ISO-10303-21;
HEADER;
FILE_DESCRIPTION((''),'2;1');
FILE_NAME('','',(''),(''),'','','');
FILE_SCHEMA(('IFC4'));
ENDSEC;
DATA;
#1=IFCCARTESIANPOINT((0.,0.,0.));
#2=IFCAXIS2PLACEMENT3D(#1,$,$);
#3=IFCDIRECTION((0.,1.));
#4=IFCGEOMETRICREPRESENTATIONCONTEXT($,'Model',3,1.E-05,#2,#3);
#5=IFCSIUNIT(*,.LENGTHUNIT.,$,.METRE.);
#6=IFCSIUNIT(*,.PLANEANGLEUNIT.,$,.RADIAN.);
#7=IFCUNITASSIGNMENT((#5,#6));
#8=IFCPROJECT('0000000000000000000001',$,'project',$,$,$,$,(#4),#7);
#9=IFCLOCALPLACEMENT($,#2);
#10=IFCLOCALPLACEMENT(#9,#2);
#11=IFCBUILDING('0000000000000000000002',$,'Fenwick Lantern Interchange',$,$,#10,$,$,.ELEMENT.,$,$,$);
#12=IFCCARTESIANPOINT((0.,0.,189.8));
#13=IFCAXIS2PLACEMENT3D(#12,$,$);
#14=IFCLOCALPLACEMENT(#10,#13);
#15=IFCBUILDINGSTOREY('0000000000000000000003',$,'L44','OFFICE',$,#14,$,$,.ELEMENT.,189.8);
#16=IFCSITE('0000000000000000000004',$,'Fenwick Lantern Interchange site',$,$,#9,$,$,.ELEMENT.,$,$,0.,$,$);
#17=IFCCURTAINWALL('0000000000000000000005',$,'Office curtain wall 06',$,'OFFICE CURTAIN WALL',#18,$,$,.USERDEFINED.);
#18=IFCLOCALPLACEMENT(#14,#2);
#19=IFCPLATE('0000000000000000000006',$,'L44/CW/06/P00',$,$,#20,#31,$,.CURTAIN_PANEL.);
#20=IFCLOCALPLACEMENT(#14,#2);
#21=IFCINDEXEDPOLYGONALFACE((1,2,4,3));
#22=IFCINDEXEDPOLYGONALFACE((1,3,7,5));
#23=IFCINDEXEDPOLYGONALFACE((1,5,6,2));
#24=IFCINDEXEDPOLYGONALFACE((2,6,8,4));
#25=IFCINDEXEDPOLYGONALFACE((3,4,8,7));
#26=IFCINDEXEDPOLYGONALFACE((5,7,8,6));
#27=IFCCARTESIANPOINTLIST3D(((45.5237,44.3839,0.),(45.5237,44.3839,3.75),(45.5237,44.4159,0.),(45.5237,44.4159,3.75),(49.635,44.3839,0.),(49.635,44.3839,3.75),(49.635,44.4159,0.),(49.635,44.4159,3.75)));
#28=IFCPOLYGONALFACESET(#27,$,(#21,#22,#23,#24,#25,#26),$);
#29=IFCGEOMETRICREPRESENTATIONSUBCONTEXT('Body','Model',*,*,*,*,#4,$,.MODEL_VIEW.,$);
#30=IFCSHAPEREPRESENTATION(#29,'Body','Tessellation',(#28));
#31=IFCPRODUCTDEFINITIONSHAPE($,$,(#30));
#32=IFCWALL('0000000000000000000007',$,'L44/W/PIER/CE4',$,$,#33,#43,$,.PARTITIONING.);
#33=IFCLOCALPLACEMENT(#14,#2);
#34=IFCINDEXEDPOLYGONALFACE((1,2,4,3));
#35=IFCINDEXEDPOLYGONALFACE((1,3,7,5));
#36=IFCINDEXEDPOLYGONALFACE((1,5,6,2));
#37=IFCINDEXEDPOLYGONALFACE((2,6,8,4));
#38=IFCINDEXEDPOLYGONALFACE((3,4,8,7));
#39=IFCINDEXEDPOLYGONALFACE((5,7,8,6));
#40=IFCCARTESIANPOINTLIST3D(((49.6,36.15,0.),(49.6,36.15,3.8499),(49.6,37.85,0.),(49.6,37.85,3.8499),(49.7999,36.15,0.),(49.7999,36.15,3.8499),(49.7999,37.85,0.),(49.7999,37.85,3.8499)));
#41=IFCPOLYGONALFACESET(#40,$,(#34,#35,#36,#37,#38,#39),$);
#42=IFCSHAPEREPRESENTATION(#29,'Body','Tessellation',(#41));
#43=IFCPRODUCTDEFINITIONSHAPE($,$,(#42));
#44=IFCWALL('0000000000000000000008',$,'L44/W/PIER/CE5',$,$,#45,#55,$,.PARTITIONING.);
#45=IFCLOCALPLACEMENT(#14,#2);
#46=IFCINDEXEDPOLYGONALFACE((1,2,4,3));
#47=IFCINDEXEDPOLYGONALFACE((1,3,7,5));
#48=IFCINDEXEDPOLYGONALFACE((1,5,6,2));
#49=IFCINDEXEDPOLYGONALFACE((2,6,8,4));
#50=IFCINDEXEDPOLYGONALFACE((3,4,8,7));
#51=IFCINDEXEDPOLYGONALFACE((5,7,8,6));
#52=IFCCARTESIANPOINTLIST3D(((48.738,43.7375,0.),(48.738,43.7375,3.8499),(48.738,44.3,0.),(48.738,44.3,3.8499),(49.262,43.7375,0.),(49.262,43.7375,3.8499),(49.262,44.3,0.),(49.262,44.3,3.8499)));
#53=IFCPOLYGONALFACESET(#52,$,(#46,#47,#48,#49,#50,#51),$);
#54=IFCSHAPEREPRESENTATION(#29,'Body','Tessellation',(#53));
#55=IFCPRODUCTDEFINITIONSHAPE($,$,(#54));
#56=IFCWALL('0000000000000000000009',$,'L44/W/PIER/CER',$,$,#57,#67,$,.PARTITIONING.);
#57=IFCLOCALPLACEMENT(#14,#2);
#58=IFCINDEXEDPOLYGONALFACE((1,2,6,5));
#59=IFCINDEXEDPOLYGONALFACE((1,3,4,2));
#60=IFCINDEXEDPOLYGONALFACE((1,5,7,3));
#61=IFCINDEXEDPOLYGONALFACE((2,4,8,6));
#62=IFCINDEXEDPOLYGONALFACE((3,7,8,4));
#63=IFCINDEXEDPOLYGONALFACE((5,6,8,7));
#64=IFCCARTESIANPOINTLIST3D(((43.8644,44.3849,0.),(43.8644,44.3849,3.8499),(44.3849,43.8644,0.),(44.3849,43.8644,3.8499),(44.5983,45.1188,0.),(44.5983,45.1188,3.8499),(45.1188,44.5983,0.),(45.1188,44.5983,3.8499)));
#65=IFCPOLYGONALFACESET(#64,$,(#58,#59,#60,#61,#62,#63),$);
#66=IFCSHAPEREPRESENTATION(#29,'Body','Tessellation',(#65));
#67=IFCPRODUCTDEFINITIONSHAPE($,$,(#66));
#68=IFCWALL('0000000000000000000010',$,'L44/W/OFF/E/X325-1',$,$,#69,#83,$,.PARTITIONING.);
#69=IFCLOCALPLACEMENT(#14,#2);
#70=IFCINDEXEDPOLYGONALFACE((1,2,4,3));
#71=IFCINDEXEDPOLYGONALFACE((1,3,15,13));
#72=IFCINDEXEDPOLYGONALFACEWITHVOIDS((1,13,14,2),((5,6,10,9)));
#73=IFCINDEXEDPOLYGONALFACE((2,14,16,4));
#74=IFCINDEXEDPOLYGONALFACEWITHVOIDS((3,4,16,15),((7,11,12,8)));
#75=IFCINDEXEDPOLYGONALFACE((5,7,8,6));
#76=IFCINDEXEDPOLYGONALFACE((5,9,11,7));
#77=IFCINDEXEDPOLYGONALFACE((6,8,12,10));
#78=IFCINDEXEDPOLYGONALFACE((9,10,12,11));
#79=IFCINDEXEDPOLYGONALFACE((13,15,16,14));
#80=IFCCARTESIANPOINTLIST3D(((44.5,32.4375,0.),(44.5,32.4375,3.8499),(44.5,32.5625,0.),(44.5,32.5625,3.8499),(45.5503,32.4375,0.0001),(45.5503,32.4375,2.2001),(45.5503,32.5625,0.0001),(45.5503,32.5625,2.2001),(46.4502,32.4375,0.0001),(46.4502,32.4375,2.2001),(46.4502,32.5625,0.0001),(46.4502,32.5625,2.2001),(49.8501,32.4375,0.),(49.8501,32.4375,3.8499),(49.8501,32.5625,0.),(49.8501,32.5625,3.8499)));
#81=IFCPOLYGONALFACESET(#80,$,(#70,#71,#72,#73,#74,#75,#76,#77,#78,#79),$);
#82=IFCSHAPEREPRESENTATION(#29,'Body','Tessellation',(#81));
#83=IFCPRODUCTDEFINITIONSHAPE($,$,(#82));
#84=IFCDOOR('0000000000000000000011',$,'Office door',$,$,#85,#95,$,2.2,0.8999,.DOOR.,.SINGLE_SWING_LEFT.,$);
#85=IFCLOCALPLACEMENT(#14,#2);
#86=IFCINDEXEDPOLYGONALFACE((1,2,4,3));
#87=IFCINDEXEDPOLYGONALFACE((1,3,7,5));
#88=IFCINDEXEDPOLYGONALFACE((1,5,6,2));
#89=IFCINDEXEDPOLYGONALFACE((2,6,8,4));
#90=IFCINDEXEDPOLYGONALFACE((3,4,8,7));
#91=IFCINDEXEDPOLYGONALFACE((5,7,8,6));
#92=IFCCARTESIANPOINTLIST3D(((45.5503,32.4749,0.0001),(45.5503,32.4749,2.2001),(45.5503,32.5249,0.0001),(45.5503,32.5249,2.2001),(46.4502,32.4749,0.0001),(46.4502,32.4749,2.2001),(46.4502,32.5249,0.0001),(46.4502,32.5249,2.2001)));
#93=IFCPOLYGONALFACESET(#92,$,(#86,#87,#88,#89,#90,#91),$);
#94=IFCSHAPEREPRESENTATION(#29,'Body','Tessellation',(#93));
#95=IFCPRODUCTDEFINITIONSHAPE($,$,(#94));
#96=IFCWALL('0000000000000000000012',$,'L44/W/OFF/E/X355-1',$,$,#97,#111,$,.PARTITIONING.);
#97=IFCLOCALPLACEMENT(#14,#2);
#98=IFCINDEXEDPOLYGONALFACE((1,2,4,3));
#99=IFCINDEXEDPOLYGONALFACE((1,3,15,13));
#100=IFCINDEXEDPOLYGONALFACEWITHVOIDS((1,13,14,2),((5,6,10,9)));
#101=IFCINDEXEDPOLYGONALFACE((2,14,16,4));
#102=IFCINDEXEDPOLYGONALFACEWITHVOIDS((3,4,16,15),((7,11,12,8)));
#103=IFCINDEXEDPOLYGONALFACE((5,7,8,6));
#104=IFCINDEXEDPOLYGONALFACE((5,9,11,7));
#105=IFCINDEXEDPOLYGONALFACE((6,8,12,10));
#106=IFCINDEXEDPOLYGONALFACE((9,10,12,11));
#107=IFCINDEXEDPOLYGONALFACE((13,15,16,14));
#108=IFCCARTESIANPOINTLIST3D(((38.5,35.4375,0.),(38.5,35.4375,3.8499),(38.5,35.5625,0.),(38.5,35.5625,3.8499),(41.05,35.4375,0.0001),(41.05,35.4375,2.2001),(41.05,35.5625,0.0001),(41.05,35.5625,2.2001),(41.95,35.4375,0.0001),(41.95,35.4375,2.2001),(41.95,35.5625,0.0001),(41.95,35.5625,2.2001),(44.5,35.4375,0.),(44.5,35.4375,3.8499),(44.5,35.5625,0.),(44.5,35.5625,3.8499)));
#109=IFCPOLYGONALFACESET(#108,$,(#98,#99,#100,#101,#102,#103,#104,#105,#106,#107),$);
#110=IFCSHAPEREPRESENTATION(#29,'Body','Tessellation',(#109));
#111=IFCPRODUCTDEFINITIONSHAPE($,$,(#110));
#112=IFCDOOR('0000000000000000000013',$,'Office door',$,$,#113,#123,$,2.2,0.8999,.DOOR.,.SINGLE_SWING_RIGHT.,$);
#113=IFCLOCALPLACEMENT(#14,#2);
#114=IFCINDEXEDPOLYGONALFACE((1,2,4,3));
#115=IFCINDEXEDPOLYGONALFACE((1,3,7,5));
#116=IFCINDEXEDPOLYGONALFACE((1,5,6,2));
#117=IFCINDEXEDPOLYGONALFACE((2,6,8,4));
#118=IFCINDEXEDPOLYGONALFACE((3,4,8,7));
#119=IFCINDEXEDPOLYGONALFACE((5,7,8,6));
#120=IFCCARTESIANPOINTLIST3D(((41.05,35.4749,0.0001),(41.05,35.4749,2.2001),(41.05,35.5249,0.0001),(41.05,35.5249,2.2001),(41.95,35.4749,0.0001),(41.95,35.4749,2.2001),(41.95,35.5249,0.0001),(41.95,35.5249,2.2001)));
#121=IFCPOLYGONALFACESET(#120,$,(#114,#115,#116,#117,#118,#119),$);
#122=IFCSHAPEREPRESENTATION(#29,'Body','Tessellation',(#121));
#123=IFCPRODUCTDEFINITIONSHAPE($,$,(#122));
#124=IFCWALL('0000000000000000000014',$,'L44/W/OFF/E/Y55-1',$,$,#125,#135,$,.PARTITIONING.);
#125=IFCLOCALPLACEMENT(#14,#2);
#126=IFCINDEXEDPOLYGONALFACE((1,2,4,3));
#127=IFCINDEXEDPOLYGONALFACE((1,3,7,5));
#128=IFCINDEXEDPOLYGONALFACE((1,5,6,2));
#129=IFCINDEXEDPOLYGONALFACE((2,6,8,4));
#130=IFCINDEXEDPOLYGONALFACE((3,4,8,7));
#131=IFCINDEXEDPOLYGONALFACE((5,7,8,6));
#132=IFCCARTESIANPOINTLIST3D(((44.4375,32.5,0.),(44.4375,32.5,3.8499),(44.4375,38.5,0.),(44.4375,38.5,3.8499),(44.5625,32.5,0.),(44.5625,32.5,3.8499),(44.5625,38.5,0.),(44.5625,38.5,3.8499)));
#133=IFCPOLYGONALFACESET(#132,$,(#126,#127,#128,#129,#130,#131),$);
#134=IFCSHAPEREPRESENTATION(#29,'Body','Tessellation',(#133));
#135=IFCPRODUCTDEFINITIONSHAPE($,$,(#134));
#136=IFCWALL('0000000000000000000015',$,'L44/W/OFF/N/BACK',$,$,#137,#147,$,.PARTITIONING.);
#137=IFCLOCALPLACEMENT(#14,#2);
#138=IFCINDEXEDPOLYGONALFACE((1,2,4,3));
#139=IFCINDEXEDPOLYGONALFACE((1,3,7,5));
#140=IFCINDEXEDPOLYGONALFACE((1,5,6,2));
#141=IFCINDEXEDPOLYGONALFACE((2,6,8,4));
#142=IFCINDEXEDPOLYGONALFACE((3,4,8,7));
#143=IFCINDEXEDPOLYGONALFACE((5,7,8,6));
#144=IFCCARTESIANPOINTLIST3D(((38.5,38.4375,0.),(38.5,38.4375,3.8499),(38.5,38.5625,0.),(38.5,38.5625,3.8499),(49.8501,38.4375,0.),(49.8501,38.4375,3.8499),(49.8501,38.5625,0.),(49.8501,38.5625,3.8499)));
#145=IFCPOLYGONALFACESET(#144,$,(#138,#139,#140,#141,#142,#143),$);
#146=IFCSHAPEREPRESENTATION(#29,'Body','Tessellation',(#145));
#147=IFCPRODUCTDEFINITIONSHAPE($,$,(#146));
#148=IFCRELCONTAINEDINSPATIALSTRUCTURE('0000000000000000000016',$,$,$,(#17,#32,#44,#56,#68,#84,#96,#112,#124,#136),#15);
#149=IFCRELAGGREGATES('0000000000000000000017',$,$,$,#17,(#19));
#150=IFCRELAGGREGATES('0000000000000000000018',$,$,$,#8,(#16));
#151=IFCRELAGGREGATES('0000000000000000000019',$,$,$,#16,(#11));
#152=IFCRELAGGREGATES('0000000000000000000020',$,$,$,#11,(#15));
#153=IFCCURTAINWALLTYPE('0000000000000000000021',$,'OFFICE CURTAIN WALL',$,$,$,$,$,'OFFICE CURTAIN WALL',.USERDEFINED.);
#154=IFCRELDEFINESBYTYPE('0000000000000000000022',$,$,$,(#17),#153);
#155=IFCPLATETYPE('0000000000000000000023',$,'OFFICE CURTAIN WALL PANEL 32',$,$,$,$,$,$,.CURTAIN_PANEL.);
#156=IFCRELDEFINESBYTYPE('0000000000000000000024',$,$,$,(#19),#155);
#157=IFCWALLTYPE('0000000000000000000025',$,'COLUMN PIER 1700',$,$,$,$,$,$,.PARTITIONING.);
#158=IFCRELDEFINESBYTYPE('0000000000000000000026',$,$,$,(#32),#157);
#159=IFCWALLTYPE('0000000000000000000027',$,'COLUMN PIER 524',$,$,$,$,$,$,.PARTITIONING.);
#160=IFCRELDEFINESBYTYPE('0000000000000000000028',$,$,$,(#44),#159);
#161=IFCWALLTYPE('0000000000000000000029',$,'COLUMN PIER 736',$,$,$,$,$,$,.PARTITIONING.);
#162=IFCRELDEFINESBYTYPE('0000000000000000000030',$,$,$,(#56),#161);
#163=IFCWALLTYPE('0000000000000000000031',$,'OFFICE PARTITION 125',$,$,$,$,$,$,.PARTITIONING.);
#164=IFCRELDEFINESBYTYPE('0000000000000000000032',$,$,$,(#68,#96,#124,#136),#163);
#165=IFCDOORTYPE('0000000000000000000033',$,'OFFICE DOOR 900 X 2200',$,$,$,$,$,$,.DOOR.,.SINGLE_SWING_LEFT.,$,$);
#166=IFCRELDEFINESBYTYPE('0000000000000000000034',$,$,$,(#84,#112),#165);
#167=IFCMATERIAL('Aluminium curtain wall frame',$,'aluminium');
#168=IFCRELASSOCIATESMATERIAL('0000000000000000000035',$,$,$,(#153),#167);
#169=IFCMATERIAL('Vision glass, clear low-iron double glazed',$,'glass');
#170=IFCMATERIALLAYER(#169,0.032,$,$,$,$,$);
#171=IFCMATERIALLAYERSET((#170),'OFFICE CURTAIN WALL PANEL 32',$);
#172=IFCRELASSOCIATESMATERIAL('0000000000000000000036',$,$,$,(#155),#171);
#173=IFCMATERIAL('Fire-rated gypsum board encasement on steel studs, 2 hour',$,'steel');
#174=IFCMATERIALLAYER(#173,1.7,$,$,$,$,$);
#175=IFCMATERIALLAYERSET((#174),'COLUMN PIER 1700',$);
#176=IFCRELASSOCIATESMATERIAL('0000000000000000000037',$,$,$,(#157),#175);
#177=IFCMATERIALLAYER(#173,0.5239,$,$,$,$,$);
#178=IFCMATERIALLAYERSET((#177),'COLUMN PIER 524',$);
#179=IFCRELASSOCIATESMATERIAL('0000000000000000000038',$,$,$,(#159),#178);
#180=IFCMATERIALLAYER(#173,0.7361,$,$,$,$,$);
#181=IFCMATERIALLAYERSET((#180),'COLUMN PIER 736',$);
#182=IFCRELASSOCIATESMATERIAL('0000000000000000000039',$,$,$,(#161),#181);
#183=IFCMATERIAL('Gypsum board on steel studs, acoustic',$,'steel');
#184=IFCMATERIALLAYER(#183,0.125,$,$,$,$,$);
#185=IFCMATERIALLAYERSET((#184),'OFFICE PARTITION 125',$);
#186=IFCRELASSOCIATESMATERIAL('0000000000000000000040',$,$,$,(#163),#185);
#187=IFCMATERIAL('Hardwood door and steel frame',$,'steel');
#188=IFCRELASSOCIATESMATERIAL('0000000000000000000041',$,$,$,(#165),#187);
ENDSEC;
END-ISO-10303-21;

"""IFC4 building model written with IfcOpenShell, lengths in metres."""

from ifc_helpers import new_model, si_unit, direction, frame, frame_2d, origin, origin_2d, place, context, subcontext, project, spatial, rectangle, extrude, material, layer, layer_set, type_object, element, fill, aggregate, save


model = new_model("IFC4")

# Units and contexts
model_context = context("Model", 3, precision=1e-05, world=origin(), true_north=direction((0.0, 1.0)))
body_context = subcontext(model_context, "Body", "Model", "MODEL_VIEW")
ifc_project = project(units=[si_unit("LENGTHUNIT", "METRE"), si_unit("PLANEANGLEUNIT", "RADIAN")], contexts=[model_context])

# Site, building, storey
site_placement = place(None, origin())
site = spatial("IfcSite", under=ifc_project, at=site_placement, Name="Fenwick Lantern Interchange site", CompositionType="ELEMENT", RefElevation=0.0)
building_placement = place(site_placement, origin())
building = spatial("IfcBuilding", under=site, at=building_placement, Name="Fenwick Lantern Interchange", CompositionType="ELEMENT")
storey_placement = place(building_placement, frame((0.0, 0.0, 189.8)))
storey = spatial("IfcBuildingStorey", under=building, at=storey_placement, Name="L44", Description="OFFICE", CompositionType="ELEMENT", Elevation=189.8)

# Curtain wall
ifc_material_1 = material(Name="Aluminium curtain wall frame", Category="aluminium")
curtain_wall_type = type_object("IfcCurtainWallType", Name="OFFICE CURTAIN WALL", ElementType="OFFICE CURTAIN WALL", PredefinedType="USERDEFINED", material=ifc_material_1)
curtain_wall_1_placement = place(storey_placement, origin())
curtain_wall_1 = element("IfcCurtainWall", 1, at=curtain_wall_1_placement, inside=storey, type_object=curtain_wall_type, Name="Office curtain wall 06", ObjectType="OFFICE CURTAIN WALL", PredefinedType="USERDEFINED")

# Plate
ifc_material_2 = material(Name="Vision glass, clear low-iron double glazed", Category="glass")
ifc_layer_1 = layer(ifc_material_2, 0.032)
ifc_layer_set_1 = layer_set([ifc_layer_1], Name="OFFICE CURTAIN WALL PANEL 32")
plate_type = type_object("IfcPlateType", Name="OFFICE CURTAIN WALL PANEL 32", PredefinedType="CURTAIN_PANEL", material=ifc_layer_set_1)
plate_placement = place(storey_placement, frame((47.5793, 44.3999, 0.0), z_axis=(0.0, 0.0, 1.0), x_axis=(-1.0, 0.0, 0.0)))
plate = element("IfcPlate", 2, at=plate_placement, type_object=plate_type, Name="L44/CW/06/P00", PredefinedType="CURTAIN_PANEL", context=body_context, shape_type="SweptSolid", body=[
    extrude(rectangle(XDim=4.1113, YDim=0.032, at=origin_2d()), origin(), (0.0, 0.0, 1.0), 3.75),
])
aggregate(curtain_wall_1, [plate])

# Walls
ifc_material_3 = material(Name="Fire-rated gypsum board encasement on steel studs, 2 hour", Category="steel")
ifc_layer_2 = layer(ifc_material_3, 1.7)
ifc_layer_set_2 = layer_set([ifc_layer_2], Name="COLUMN PIER 1700")
wall_type_1 = type_object("IfcWallType", Name="COLUMN PIER 1700", PredefinedType="PARTITIONING", material=ifc_layer_set_2)
wall_1_placement = place(storey_placement, frame((49.8, 37.0, 0.0), z_axis=(0.0, 0.0, 1.0), x_axis=(-1.0, 0.0, 0.0)))
element("IfcWall", 3, at=wall_1_placement, inside=storey, type_object=wall_type_1, Name="L44/W/PIER/CE4", PredefinedType="PARTITIONING", context=body_context, shape_type="SweptSolid", body=[
    extrude(rectangle(XDim=0.2, YDim=1.7, at=frame_2d((0.1001, 0.0))), origin(), (0.0, 0.0, 1.0), 3.8499),
])
ifc_layer_3 = layer(ifc_material_3, 0.5239)
ifc_layer_set_3 = layer_set([ifc_layer_3], Name="COLUMN PIER 524")
wall_type_2 = type_object("IfcWallType", Name="COLUMN PIER 524", PredefinedType="PARTITIONING", material=ifc_layer_set_3)
wall_2_placement = place(storey_placement, frame((49.0, 44.3, 0.0), z_axis=(0.0, 0.0, 1.0), x_axis=(0.0, -1.0, 0.0)))
element("IfcWall", 4, at=wall_2_placement, inside=storey, type_object=wall_type_2, Name="L44/W/PIER/CE5", PredefinedType="PARTITIONING", context=body_context, shape_type="SweptSolid", body=[
    extrude(rectangle(XDim=0.5625, YDim=0.5239, at=frame_2d((0.2812, 0.0))), origin(), (0.0, 0.0, 1.0), 3.8499),
])
ifc_layer_4 = layer(ifc_material_3, 0.7361)
ifc_layer_set_4 = layer_set([ifc_layer_4], Name="COLUMN PIER 736")
wall_type_3 = type_object("IfcWallType", Name="COLUMN PIER 736", PredefinedType="PARTITIONING", material=ifc_layer_set_4)
wall_3_placement = place(storey_placement, frame((44.8586, 44.8586, 0.0), z_axis=(0.0, 0.0, 1.0), x_axis=(-0.707107, -0.707107, 0.0)))
element("IfcWall", 5, at=wall_3_placement, inside=storey, type_object=wall_type_3, Name="L44/W/PIER/CER", PredefinedType="PARTITIONING", context=body_context, shape_type="SweptSolid", body=[
    extrude(rectangle(XDim=1.0378, YDim=0.7361, at=frame_2d((0.519, 0.0))), origin(), (0.0, 0.0, 1.0), 3.8499),
])

# Walls, openings, doors
ifc_material_4 = material(Name="Gypsum board on steel studs, acoustic", Category="steel")
ifc_layer_5 = layer(ifc_material_4, 0.125)
ifc_layer_set_5 = layer_set([ifc_layer_5], Name="OFFICE PARTITION 125")
wall_type_4 = type_object("IfcWallType", Name="OFFICE PARTITION 125", PredefinedType="PARTITIONING", material=ifc_layer_set_5)
wall_4_placement = place(storey_placement, frame((49.8501, 32.5, 0.0), z_axis=(0.0, 0.0, 1.0), x_axis=(-1.0, 0.0, 0.0)))
wall_4 = element("IfcWall", 6, at=wall_4_placement, inside=storey, type_object=wall_type_4, Name="L44/W/OFF/E/X325-1", PredefinedType="PARTITIONING", context=body_context, shape_type="SweptSolid", body=[
    extrude(rectangle(XDim=5.3501, YDim=0.125, at=frame_2d((2.675, 0.0))), origin(), (0.0, 0.0, 1.0), 3.8499),
])
opening_1_placement = place(wall_4_placement, frame((3.3999, 0.0, 0.0)))
opening_1 = element("IfcOpeningElement", 7, at=opening_1_placement, cuts=wall_4, PredefinedType="OPENING", context=body_context, shape_type="SweptSolid", body=[
    extrude(rectangle(XDim=0.8999, YDim=2.2, at=frame_2d((0.45, 1.1001))), frame((0.0, 0.0725, 0.0), z_axis=(0.0, -1.0, 0.0), x_axis=(1.0, 0.0, 0.0)), (0.0, 0.0, 1.0), 0.145),
])
ifc_material_5 = material(Name="Hardwood door and steel frame", Category="steel")
door_type = type_object("IfcDoorType", Name="OFFICE DOOR 900 X 2200", OperationType="SINGLE_SWING_LEFT", PredefinedType="DOOR", material=ifc_material_5)
door_1_placement = place(opening_1_placement, frame((0.8999, 0.0, 0.0), z_axis=(0.0, 0.0, 1.0), x_axis=(-1.0, 0.0, 0.0)))
door_1 = element("IfcDoor", 8, at=door_1_placement, inside=storey, type_object=door_type, Name="Office door", OperationType="SINGLE_SWING_LEFT", OverallHeight=2.2, OverallWidth=0.8999, PredefinedType="DOOR", context=body_context, shape_type="SweptSolid", body=[
    extrude(rectangle(XDim=0.8999, YDim=2.2, at=frame_2d((0.45, 1.1001))), frame((0.0, 0.0249, 0.0), z_axis=(0.0, -1.0, 0.0), x_axis=(1.0, 0.0, 0.0)), (0.0, 0.0, 1.0), 0.05),
])
fill(opening_1, door_1)
wall_5_placement = place(storey_placement, frame((44.5, 35.5, 0.0), z_axis=(0.0, 0.0, 1.0), x_axis=(-1.0, 0.0, 0.0)))
wall_5 = element("IfcWall", 9, at=wall_5_placement, inside=storey, type_object=wall_type_4, Name="L44/W/OFF/E/X355-1", PredefinedType="PARTITIONING", context=body_context, shape_type="SweptSolid", body=[
    extrude(rectangle(XDim=6.0, YDim=0.125, at=frame_2d((3.0, 0.0))), origin(), (0.0, 0.0, 1.0), 3.8499),
])
opening_2_placement = place(wall_5_placement, frame((2.55, 0.0, 0.0)))
opening_2 = element("IfcOpeningElement", 10, at=opening_2_placement, cuts=wall_5, PredefinedType="OPENING", context=body_context, shape_type="SweptSolid", body=[
    extrude(rectangle(XDim=0.8999, YDim=2.2, at=frame_2d((0.45, 1.1001))), frame((0.0, 0.0725, 0.0), z_axis=(0.0, -1.0, 0.0), x_axis=(1.0, 0.0, 0.0)), (0.0, 0.0, 1.0), 0.145),
])
door_2_placement = place(opening_2_placement, frame((0.8999, 0.0, 0.0), z_axis=(0.0, 0.0, 1.0), x_axis=(-1.0, 0.0, 0.0)))
door_2 = element("IfcDoor", 11, at=door_2_placement, inside=storey, type_object=door_type, Name="Office door", OperationType="SINGLE_SWING_RIGHT", OverallHeight=2.2, OverallWidth=0.8999, PredefinedType="DOOR", context=body_context, shape_type="SweptSolid", body=[
    extrude(rectangle(XDim=0.8999, YDim=2.2, at=frame_2d((0.45, 1.1001))), frame((0.0, 0.0249, 0.0), z_axis=(0.0, -1.0, 0.0), x_axis=(1.0, 0.0, 0.0)), (0.0, 0.0, 1.0), 0.05),
])
fill(opening_2, door_2)

# Walls
wall_6_placement = place(storey_placement, frame((44.5, 32.5, 0.0), z_axis=(0.0, 0.0, 1.0), x_axis=(0.0, 1.0, 0.0)))
element("IfcWall", 12, at=wall_6_placement, inside=storey, type_object=wall_type_4, Name="L44/W/OFF/E/Y55-1", PredefinedType="PARTITIONING", context=body_context, shape_type="SweptSolid", body=[
    extrude(rectangle(XDim=6.0, YDim=0.125, at=frame_2d((3.0, 0.0))), origin(), (0.0, 0.0, 1.0), 3.8499),
])
wall_7_placement = place(storey_placement, frame((49.8501, 38.5, 0.0), z_axis=(0.0, 0.0, 1.0), x_axis=(-1.0, 0.0, 0.0)))
element("IfcWall", 13, at=wall_7_placement, inside=storey, type_object=wall_type_4, Name="L44/W/OFF/N/BACK", PredefinedType="PARTITIONING", context=body_context, shape_type="SweptSolid", body=[
    extrude(rectangle(XDim=11.3501, YDim=0.125, at=frame_2d((5.675, 0.0))), origin(), (0.0, 0.0, 1.0), 3.8499),
])

save(model, "model.ifc")
